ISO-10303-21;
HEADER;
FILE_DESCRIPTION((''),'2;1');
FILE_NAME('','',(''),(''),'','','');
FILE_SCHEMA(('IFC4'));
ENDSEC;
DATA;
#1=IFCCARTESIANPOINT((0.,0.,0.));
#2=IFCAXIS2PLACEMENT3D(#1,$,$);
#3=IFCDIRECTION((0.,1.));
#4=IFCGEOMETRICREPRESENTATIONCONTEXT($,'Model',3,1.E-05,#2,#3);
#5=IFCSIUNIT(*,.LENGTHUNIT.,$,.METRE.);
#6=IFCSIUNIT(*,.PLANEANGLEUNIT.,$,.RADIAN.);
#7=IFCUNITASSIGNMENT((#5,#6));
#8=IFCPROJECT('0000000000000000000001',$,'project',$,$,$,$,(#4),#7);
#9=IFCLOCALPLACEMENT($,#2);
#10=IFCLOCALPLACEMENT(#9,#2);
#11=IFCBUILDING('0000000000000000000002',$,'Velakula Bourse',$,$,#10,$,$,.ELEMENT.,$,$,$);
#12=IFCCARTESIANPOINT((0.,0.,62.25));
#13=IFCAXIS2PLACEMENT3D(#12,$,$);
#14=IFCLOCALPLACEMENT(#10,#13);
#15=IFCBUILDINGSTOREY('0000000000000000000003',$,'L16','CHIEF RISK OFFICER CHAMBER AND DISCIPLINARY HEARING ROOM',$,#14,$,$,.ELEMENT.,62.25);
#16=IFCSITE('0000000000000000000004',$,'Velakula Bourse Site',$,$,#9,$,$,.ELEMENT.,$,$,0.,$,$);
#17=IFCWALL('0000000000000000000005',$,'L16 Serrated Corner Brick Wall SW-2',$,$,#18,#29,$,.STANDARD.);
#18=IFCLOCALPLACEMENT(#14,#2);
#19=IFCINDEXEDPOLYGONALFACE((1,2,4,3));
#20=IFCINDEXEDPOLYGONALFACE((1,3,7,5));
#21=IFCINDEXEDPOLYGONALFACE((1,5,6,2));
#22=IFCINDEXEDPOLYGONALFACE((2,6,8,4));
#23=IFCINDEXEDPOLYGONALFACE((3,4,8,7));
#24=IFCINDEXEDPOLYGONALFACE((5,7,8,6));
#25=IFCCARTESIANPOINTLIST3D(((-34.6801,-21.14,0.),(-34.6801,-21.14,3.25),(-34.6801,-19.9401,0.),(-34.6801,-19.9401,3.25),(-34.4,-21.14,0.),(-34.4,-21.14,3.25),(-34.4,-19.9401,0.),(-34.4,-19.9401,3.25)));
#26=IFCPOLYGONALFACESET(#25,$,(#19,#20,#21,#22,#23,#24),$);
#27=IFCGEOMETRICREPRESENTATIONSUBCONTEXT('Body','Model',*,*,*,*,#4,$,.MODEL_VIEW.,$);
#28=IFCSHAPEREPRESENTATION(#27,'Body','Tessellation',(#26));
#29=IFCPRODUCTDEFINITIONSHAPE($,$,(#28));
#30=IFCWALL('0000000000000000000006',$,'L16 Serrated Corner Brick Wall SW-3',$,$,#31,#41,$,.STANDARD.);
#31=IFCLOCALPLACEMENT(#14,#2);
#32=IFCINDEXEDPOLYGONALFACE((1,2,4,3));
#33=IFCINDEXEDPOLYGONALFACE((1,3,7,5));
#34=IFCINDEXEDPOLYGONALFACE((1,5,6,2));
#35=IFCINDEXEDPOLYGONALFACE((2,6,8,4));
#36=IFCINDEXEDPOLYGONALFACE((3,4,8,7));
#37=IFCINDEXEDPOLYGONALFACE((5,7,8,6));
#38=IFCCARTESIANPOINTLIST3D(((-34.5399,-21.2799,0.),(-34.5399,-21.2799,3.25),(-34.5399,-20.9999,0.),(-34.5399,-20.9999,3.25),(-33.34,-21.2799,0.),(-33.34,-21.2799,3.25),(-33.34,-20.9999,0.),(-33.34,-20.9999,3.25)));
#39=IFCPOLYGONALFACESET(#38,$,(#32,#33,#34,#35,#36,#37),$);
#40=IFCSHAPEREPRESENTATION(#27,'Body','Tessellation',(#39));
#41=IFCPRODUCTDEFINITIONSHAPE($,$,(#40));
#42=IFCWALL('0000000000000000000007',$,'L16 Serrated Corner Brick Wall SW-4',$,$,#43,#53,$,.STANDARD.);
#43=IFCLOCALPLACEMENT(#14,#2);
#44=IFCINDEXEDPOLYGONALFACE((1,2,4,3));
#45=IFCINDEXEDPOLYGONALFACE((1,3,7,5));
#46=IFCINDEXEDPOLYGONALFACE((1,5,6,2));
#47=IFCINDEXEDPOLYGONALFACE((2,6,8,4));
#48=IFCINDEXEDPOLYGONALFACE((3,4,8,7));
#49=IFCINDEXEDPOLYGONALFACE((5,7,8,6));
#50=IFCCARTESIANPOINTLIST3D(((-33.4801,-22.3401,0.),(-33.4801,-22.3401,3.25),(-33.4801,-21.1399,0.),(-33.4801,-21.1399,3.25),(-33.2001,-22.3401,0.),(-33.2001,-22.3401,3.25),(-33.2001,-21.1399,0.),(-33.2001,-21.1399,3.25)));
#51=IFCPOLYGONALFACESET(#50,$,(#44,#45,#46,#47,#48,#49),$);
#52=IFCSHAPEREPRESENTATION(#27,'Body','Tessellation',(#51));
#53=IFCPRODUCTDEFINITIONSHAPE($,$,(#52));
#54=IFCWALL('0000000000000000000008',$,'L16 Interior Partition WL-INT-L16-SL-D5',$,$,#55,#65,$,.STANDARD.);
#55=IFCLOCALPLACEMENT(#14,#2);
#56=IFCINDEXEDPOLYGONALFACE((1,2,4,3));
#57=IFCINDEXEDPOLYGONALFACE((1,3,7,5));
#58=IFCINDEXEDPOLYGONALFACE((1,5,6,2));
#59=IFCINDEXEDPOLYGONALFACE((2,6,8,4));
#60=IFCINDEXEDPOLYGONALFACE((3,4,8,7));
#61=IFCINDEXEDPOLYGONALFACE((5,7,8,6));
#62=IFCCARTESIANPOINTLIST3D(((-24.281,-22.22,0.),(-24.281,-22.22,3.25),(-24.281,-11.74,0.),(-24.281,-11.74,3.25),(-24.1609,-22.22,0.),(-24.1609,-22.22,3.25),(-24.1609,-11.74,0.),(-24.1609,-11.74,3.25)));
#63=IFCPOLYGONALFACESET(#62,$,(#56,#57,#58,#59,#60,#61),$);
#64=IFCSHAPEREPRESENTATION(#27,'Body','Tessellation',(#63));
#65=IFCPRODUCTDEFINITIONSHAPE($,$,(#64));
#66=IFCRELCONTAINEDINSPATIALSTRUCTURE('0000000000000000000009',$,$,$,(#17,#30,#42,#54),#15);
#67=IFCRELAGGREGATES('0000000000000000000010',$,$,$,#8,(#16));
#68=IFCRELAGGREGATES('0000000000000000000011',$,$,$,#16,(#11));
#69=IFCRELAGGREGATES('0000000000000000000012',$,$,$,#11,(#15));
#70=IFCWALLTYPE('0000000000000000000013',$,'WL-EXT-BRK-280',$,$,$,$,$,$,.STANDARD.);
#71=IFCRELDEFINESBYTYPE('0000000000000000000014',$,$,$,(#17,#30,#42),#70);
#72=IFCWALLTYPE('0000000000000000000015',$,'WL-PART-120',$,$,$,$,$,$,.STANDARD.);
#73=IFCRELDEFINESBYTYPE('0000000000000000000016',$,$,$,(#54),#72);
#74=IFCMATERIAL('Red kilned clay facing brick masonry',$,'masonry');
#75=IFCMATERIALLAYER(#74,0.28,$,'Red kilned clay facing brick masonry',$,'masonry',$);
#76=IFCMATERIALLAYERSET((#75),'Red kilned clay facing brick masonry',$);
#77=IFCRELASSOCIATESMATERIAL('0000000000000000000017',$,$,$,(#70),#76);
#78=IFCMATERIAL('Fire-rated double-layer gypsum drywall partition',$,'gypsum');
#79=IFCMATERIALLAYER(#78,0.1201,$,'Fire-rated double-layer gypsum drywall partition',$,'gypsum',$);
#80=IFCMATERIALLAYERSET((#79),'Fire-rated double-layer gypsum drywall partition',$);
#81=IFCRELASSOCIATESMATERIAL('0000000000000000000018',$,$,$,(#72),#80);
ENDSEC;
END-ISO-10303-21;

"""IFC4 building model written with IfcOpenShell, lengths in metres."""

from ifc_helpers import new_model, si_unit, direction, frame, frame_2d, origin, place, context, subcontext, project, spatial, rectangle, extrude, material, layer, layer_set, type_object, element, save


model = new_model("IFC4")

# Units and contexts
model_context = context("Model", 3, precision=1e-05, world=origin(), true_north=direction((0.0, 1.0)))
body_context = subcontext(model_context, "Body", "Model", "MODEL_VIEW")
ifc_project = project(units=[si_unit("LENGTHUNIT", "METRE"), si_unit("PLANEANGLEUNIT", "RADIAN")], contexts=[model_context])

# Site, building, storey
site_placement = place(None, origin())
site = spatial("IfcSite", under=ifc_project, at=site_placement, Name="Velakula Bourse Site", CompositionType="ELEMENT", RefElevation=0.0)
building_placement = place(site_placement, origin())
building = spatial("IfcBuilding", under=site, at=building_placement, Name="Velakula Bourse", CompositionType="ELEMENT")
storey_placement = place(building_placement, frame((0.0, 0.0, 62.25)))
storey = spatial("IfcBuildingStorey", under=building, at=storey_placement, Name="L16", Description="CHIEF RISK OFFICER CHAMBER AND DISCIPLINARY HEARING ROOM", CompositionType="ELEMENT", Elevation=62.25)

# Shared definitions
ifc_material_1 = material(Name="Red kilned clay facing brick masonry", Category="masonry")
ifc_layer_1 = layer(ifc_material_1, 0.28, Name="Red kilned clay facing brick masonry", Category="masonry")
ifc_layer_set_1 = layer_set([ifc_layer_1], Name="Red kilned clay facing brick masonry")
wall_type_1 = type_object("IfcWallType", Name="WL-EXT-BRK-280", PredefinedType="STANDARD", material=ifc_layer_set_1)

# Walls
for number, where, z_axis, x_axis, name in (
    (1, (-34.54, -19.9399, 0.0), (0.0, 0.0, 1.0), (0.0, -1.0, 0.0), "L16 Serrated Corner Brick Wall SW-2"),
    (2, (-34.54, -21.1399, 0.0), (0.0, 0.0, 1.0), (1.0, 0.0, 0.0), "L16 Serrated Corner Brick Wall SW-3"),
):
    element("IfcWall", number, at=place(storey_placement, frame(where, z_axis=z_axis, x_axis=x_axis)), inside=storey, type_object=wall_type_1, Name=name, PredefinedType="STANDARD", context=body_context, shape_type="SweptSolid", body=[
        extrude(rectangle(XDim=1.2, YDim=0.28, at=frame_2d((0.6001, 0.0))), origin(), (0.0, 0.0, 1.0), 3.25),
    ])
wall_1_placement = place(storey_placement, frame((-33.3401, -21.1399, 0.0), z_axis=(0.0, 0.0, 1.0), x_axis=(0.0, -1.0, 0.0)))
element("IfcWall", 3, at=wall_1_placement, inside=storey, type_object=wall_type_1, Name="L16 Serrated Corner Brick Wall SW-4", PredefinedType="STANDARD", context=body_context, shape_type="SweptSolid", body=[
    extrude(rectangle(XDim=1.2002, YDim=0.28, at=frame_2d((0.6001, 0.0))), origin(), (0.0, 0.0, 1.0), 3.25),
])
ifc_material_2 = material(Name="Fire-rated double-layer gypsum drywall partition", Category="gypsum")
ifc_layer_2 = layer(ifc_material_2, 0.1201, Name="Fire-rated double-layer gypsum drywall partition", Category="gypsum")
ifc_layer_set_2 = layer_set([ifc_layer_2], Name="Fire-rated double-layer gypsum drywall partition")
wall_type_2 = type_object("IfcWallType", Name="WL-PART-120", PredefinedType="STANDARD", material=ifc_layer_set_2)
wall_2_placement = place(storey_placement, frame((-24.2209, -22.22, 0.0), z_axis=(0.0, 0.0, 1.0), x_axis=(0.0, 1.0, 0.0)))
element("IfcWall", 4, at=wall_2_placement, inside=storey, type_object=wall_type_2, Name="L16 Interior Partition WL-INT-L16-SL-D5", PredefinedType="STANDARD", context=body_context, shape_type="SweptSolid", body=[
    extrude(rectangle(XDim=10.48, YDim=0.1201, at=frame_2d((5.24, 0.0))), origin(), (0.0, 0.0, 1.0), 3.25),
])

save(model, "model.ifc")
